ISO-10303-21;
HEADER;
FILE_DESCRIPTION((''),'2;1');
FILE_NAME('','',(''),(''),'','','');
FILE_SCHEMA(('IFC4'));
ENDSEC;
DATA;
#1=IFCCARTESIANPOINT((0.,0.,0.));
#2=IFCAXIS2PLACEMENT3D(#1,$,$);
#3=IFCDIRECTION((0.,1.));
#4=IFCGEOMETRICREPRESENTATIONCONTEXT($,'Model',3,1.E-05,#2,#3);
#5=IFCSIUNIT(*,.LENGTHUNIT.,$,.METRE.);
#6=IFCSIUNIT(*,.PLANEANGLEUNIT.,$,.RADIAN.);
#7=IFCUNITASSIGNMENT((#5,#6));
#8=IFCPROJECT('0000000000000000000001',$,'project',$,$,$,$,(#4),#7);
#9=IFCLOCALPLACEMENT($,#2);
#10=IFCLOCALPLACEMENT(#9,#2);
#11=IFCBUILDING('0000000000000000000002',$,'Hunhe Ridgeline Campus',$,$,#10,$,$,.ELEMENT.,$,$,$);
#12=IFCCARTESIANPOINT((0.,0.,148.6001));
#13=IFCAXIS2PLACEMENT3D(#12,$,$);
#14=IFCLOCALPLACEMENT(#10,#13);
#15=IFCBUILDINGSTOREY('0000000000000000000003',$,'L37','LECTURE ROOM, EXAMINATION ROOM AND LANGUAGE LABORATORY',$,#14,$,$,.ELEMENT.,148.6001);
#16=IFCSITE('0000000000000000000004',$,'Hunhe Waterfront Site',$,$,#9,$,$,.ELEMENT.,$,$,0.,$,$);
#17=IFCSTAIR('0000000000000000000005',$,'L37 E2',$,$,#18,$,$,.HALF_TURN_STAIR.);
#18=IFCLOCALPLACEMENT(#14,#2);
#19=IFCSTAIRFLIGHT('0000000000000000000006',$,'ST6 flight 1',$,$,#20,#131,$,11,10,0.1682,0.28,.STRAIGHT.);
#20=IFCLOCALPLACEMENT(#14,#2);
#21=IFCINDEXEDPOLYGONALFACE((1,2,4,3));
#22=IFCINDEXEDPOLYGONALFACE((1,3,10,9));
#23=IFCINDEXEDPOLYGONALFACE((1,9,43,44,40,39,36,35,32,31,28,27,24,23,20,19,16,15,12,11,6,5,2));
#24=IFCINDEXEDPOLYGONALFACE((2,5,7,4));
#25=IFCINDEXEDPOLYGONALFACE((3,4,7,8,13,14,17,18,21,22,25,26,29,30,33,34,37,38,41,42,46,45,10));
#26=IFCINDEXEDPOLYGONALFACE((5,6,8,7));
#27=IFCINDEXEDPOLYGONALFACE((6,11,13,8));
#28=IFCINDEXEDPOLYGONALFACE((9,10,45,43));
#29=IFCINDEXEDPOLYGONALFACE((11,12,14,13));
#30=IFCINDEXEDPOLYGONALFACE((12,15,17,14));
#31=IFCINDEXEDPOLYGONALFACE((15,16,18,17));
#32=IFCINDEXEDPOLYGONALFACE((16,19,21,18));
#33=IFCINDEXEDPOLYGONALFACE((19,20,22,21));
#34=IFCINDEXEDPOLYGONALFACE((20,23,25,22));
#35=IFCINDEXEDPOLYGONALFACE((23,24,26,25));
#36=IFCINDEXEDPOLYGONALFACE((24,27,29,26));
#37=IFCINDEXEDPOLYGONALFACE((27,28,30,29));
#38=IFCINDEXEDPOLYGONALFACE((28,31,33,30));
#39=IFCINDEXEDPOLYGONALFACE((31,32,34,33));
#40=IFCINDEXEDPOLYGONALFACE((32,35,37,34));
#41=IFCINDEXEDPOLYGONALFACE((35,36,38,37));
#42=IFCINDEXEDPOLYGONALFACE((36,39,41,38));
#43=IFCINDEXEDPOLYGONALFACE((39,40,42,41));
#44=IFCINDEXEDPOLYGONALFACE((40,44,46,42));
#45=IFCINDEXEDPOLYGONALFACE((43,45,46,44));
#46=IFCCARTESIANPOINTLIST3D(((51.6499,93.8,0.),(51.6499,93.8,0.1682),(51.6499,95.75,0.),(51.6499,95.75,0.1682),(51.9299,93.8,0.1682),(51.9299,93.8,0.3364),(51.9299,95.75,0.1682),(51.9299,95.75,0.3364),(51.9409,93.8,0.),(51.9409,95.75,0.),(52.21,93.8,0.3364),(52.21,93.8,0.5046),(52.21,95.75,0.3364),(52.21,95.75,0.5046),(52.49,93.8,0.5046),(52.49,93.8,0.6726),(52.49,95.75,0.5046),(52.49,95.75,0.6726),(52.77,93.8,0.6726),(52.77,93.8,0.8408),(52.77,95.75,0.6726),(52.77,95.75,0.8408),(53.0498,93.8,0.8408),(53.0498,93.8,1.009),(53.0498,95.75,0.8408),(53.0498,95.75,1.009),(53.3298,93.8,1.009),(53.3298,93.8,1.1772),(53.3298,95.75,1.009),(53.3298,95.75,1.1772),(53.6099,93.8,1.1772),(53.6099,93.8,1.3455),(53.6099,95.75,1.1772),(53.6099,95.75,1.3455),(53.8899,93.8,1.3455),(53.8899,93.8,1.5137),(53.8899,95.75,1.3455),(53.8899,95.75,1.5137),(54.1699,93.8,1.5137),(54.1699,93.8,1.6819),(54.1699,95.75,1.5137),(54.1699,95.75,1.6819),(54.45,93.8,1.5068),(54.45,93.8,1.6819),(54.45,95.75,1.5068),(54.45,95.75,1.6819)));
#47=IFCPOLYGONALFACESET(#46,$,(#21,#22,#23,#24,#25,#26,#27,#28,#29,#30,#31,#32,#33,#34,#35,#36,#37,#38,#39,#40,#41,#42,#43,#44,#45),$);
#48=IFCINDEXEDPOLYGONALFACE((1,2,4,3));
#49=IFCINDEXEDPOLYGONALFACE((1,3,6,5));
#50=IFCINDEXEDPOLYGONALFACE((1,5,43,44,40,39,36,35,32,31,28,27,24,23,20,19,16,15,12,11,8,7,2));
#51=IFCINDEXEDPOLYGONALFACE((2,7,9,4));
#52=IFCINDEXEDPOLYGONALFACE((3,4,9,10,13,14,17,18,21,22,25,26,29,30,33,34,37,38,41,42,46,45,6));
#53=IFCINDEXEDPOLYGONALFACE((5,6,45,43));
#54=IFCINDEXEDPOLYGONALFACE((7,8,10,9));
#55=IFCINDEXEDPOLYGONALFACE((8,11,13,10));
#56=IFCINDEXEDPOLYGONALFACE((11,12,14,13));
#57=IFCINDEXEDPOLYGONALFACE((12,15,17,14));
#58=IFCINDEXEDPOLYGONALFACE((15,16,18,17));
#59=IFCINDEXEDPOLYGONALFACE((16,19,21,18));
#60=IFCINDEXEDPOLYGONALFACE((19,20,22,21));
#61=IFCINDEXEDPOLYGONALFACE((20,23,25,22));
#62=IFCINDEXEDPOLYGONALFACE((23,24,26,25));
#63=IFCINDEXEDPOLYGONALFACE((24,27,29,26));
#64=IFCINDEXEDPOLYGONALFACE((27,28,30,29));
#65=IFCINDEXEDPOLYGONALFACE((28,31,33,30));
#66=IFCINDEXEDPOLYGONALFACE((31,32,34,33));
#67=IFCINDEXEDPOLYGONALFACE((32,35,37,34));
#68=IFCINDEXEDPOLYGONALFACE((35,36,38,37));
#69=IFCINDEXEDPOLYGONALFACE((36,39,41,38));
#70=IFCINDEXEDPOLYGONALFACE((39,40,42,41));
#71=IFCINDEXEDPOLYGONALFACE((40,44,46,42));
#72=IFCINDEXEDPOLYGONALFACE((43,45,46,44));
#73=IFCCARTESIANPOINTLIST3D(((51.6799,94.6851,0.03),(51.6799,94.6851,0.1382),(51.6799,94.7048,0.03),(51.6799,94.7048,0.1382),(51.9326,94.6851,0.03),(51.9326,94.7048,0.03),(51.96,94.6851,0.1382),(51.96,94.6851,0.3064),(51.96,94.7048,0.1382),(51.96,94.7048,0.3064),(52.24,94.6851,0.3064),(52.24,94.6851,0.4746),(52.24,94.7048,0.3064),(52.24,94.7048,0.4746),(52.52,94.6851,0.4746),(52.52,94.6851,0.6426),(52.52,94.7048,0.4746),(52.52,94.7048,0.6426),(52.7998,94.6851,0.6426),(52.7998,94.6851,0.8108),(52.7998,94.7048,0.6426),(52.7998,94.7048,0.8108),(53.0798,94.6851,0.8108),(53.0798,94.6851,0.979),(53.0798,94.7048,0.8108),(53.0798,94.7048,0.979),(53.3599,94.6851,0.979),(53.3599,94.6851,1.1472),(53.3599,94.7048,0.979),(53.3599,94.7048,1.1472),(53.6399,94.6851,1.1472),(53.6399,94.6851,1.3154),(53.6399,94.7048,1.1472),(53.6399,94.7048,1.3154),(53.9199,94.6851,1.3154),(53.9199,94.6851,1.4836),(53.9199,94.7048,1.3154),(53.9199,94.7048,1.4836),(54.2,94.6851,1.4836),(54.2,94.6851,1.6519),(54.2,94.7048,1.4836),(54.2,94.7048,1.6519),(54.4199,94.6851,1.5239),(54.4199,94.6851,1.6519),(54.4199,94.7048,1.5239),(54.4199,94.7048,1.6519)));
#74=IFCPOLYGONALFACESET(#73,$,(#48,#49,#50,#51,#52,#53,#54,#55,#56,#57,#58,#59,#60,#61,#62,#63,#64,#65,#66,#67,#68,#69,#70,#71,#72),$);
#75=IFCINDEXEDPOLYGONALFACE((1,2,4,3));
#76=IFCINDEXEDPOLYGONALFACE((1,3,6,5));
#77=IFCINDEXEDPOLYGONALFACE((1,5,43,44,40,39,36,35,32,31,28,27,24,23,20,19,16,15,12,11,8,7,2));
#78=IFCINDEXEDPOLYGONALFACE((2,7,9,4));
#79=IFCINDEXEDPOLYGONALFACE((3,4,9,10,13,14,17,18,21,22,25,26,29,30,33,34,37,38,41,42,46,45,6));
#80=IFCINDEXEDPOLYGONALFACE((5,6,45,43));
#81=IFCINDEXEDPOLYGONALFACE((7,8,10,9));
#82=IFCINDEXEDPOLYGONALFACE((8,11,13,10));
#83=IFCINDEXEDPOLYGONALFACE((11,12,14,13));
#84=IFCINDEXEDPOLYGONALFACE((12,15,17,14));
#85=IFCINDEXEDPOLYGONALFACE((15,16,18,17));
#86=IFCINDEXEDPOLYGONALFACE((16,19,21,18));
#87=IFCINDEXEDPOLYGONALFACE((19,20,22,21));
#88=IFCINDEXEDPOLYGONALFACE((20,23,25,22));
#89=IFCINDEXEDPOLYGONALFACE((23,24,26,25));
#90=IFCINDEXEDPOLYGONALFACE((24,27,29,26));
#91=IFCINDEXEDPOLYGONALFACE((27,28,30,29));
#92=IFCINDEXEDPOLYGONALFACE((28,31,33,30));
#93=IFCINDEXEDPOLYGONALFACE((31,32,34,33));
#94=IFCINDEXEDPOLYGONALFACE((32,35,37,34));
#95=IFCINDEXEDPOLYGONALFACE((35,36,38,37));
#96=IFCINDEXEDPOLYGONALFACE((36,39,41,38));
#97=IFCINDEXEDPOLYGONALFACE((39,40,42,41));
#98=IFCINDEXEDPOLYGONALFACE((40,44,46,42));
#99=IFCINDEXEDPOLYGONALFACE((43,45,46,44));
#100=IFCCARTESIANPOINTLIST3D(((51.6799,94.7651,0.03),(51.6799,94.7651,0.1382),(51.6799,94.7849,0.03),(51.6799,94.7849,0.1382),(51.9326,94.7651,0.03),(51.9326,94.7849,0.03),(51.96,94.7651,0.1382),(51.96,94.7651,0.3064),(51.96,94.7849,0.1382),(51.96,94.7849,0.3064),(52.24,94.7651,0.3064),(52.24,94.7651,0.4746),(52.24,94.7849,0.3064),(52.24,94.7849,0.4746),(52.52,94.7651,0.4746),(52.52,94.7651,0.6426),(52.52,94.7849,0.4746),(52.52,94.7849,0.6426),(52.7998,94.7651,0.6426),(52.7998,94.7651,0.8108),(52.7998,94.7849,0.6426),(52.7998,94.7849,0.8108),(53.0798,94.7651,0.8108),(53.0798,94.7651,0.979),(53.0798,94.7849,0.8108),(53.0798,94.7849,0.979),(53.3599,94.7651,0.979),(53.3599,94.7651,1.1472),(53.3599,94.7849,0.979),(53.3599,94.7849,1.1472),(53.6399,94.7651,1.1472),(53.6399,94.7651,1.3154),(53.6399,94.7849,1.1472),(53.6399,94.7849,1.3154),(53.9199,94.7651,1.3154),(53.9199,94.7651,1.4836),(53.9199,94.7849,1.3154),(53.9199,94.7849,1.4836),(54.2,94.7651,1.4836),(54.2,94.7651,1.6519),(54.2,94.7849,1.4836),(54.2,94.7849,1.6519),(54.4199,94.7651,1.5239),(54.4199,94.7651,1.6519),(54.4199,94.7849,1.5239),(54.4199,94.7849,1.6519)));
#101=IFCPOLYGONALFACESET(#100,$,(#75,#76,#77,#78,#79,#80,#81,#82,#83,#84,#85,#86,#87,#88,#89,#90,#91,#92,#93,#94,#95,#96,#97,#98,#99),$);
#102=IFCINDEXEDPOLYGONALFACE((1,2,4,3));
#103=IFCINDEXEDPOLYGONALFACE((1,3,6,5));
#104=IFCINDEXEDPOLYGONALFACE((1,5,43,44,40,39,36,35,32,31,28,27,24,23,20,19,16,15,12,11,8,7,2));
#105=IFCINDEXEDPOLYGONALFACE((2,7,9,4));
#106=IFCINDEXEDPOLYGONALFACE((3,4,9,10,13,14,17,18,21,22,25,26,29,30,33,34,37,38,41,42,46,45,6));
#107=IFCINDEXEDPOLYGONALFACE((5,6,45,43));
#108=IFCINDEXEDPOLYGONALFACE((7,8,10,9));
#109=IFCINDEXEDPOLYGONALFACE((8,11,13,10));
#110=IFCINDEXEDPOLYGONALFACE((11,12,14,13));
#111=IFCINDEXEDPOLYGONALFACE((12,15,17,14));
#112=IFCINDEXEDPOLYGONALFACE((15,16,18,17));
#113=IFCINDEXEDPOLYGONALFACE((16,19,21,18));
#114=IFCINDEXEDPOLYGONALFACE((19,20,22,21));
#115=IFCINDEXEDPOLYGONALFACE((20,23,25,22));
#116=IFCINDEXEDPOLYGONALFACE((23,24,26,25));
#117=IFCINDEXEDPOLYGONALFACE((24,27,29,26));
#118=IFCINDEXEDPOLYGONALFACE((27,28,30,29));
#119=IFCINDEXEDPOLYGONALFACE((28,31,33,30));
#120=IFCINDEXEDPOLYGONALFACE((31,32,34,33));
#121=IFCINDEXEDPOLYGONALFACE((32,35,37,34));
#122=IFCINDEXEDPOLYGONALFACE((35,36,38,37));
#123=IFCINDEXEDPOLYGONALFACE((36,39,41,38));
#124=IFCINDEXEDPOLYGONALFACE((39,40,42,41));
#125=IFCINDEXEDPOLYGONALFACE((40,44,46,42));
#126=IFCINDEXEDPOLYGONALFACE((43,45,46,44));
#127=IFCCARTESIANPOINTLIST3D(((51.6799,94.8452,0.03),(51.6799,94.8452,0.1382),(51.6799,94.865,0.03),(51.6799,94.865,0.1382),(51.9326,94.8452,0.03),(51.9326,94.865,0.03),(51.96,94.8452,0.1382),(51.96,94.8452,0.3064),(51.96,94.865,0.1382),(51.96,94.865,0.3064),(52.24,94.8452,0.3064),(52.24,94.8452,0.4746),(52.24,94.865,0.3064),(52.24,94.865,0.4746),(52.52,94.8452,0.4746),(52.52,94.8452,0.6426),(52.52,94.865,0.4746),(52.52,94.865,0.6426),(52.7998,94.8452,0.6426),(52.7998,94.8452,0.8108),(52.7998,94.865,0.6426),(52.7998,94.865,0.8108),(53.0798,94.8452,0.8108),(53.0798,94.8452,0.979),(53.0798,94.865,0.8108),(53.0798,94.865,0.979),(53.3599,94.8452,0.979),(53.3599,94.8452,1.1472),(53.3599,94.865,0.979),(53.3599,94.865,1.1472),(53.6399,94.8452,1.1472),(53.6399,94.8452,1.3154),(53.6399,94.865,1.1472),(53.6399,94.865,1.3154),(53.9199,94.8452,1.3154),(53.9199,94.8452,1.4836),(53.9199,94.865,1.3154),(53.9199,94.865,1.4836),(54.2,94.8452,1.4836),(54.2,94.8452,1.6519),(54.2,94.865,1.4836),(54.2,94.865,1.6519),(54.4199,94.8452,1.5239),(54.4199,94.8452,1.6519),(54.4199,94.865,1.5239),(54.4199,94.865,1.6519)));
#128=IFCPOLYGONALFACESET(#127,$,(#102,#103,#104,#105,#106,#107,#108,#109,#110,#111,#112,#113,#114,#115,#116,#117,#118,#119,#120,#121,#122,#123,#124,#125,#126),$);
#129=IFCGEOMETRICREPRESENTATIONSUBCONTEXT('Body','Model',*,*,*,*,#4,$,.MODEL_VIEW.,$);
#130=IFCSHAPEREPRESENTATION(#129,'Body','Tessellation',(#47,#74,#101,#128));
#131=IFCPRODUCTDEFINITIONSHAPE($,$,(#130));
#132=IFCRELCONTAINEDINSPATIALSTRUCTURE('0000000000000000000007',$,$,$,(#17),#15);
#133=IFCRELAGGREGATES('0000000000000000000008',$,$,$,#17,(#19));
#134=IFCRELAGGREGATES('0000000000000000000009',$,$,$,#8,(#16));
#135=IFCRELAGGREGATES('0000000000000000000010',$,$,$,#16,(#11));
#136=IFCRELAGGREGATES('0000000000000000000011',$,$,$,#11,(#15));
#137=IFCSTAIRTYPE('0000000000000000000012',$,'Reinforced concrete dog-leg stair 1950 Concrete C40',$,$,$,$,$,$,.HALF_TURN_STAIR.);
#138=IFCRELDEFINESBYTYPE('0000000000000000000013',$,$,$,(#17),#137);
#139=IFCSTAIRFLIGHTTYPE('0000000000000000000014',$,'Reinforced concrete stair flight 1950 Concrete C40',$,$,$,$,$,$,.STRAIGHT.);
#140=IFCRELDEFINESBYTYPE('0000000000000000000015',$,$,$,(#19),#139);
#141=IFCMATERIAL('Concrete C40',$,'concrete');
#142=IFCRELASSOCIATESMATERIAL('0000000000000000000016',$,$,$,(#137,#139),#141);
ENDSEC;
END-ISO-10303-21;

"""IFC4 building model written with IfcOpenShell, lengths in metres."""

from ifc_helpers import new_model, si_unit, direction, frame, origin, place, context, subcontext, project, spatial, polyline, outline, extrude, material, type_object, element, aggregate, save


model = new_model("IFC4")

# Units and contexts
model_context = context("Model", 3, precision=1e-05, world=origin(), true_north=direction((0.0, 1.0)))
body_context = subcontext(model_context, "Body", "Model", "MODEL_VIEW")
ifc_project = project(units=[si_unit("LENGTHUNIT", "METRE"), si_unit("PLANEANGLEUNIT", "RADIAN")], contexts=[model_context])

# Site, building, storey
site_placement = place(None, origin())
site = spatial("IfcSite", under=ifc_project, at=site_placement, Name="Hunhe Waterfront Site", CompositionType="ELEMENT", RefElevation=0.0)
building_placement = place(site_placement, origin())
building = spatial("IfcBuilding", under=site, at=building_placement, Name="Hunhe Ridgeline Campus", CompositionType="ELEMENT")
storey_placement = place(building_placement, frame((0.0, 0.0, 148.6001)))
storey = spatial("IfcBuildingStorey", under=building, at=storey_placement, Name="L37", Description="LECTURE ROOM, EXAMINATION ROOM AND LANGUAGE LABORATORY", CompositionType="ELEMENT", Elevation=148.6001)

# Shared definitions
ifc_material_1 = material(Name="Concrete C40", Category="concrete")
stair_type = type_object("IfcStairType", Name="Reinforced concrete dog-leg stair 1950 Concrete C40", PredefinedType="HALF_TURN_STAIR", material=ifc_material_1)
stair_flight_type = type_object("IfcStairFlightType", Name="Reinforced concrete stair flight 1950 Concrete C40", PredefinedType="STRAIGHT", material=ifc_material_1)

# Stair, stair flight
stair_1_placement = place(storey_placement, origin())
stair_1 = element("IfcStair", 1, at=stair_1_placement, inside=storey, type_object=stair_type, Name="L37 E2", PredefinedType="HALF_TURN_STAIR")
stair_flight_1_placement = place(storey_placement, frame((51.6499, 94.7749, 0.0), z_axis=(0.0, 0.0, 1.0), x_axis=(1.0, 0.0, 0.0)))
stair_flight_1 = element("IfcStairFlight", 2, at=stair_flight_1_placement, type_object=stair_flight_type, Name="ST6 flight 1", NumberOfRisers=11, NumberOfTreads=10, PredefinedType="STRAIGHT", RiserHeight=0.1682, TreadLength=0.28, context=body_context, shape_type="SweptSolid", body=[
    extrude(outline(polyline([(0.0, 0.0), (0.0, 0.1682), (0.28, 0.1682), (0.28, 0.3364), (0.5601, 0.3364), (0.5601, 0.5046), (0.8401, 0.5046), (0.8401, 0.6726), (1.1201, 0.6726), (1.1201, 0.8408), (1.3999, 0.8408), (1.3999, 1.009), (1.6799, 1.009), (1.6799, 1.1772), (1.96, 1.1772), (1.96, 1.3455), (2.24, 1.3455), (2.24, 1.5137), (2.52, 1.5137), (2.52, 1.6819), (2.8, 1.6819), (2.8, 1.8501), (2.8, 1.5068), (0.291, 0.0), (0.0, 0.0)])), frame((0.0, 0.9751, 0.0), z_axis=(0.0, -1.0, 0.0), x_axis=(1.0, 0.0, 0.0)), (0.0, 0.0, 1.0), 1.95),
    extrude(outline(polyline([(0.03, 0.03), (0.03, 0.1382), (0.3101, 0.1382), (0.3101, 0.3064), (0.5901, 0.3064), (0.5901, 0.4746), (0.8701, 0.4746), (0.8701, 0.6426), (1.1499, 0.6426), (1.1499, 0.8108), (1.4299, 0.8108), (1.4299, 0.979), (1.71, 0.979), (1.71, 1.1472), (1.99, 1.1472), (1.99, 1.3154), (2.27, 1.3154), (2.27, 1.4836), (2.55, 1.4836), (2.55, 1.6519), (2.77, 1.6519), (2.77, 1.5239), (0.2827, 0.03), (0.03, 0.03)])), frame((0.0, -0.0701, 0.0), z_axis=(0.0, -1.0, 0.0), x_axis=(1.0, 0.0, 0.0)), (0.0, 0.0, 1.0), 0.0198),
    extrude(outline(polyline([(0.03, 0.03), (0.03, 0.1382), (0.3101, 0.1382), (0.3101, 0.3064), (0.5901, 0.3064), (0.5901, 0.4746), (0.8701, 0.4746), (0.8701, 0.6426), (1.1499, 0.6426), (1.1499, 0.8108), (1.4299, 0.8108), (1.4299, 0.979), (1.71, 0.979), (1.71, 1.1472), (1.99, 1.1472), (1.99, 1.3154), (2.27, 1.3154), (2.27, 1.4836), (2.55, 1.4836), (2.55, 1.6519), (2.77, 1.6519), (2.77, 1.5239), (0.2827, 0.03), (0.03, 0.03)])), frame((0.0, 0.01, 0.0), z_axis=(0.0, -1.0, 0.0), x_axis=(1.0, 0.0, 0.0)), (0.0, 0.0, 1.0), 0.0198),
    extrude(outline(polyline([(0.03, 0.03), (0.03, 0.1382), (0.3101, 0.1382), (0.3101, 0.3064), (0.5901, 0.3064), (0.5901, 0.4746), (0.8701, 0.4746), (0.8701, 0.6426), (1.1499, 0.6426), (1.1499, 0.8108), (1.4299, 0.8108), (1.4299, 0.979), (1.71, 0.979), (1.71, 1.1472), (1.99, 1.1472), (1.99, 1.3154), (2.27, 1.3154), (2.27, 1.4836), (2.55, 1.4836), (2.55, 1.6519), (2.77, 1.6519), (2.77, 1.5239), (0.2827, 0.03), (0.03, 0.03)])), frame((0.0, 0.0901, 0.0), z_axis=(0.0, -1.0, 0.0), x_axis=(1.0, 0.0, 0.0)), (0.0, 0.0, 1.0), 0.0198),
])
aggregate(stair_1, [stair_flight_1])

save(model, "model.ifc")
